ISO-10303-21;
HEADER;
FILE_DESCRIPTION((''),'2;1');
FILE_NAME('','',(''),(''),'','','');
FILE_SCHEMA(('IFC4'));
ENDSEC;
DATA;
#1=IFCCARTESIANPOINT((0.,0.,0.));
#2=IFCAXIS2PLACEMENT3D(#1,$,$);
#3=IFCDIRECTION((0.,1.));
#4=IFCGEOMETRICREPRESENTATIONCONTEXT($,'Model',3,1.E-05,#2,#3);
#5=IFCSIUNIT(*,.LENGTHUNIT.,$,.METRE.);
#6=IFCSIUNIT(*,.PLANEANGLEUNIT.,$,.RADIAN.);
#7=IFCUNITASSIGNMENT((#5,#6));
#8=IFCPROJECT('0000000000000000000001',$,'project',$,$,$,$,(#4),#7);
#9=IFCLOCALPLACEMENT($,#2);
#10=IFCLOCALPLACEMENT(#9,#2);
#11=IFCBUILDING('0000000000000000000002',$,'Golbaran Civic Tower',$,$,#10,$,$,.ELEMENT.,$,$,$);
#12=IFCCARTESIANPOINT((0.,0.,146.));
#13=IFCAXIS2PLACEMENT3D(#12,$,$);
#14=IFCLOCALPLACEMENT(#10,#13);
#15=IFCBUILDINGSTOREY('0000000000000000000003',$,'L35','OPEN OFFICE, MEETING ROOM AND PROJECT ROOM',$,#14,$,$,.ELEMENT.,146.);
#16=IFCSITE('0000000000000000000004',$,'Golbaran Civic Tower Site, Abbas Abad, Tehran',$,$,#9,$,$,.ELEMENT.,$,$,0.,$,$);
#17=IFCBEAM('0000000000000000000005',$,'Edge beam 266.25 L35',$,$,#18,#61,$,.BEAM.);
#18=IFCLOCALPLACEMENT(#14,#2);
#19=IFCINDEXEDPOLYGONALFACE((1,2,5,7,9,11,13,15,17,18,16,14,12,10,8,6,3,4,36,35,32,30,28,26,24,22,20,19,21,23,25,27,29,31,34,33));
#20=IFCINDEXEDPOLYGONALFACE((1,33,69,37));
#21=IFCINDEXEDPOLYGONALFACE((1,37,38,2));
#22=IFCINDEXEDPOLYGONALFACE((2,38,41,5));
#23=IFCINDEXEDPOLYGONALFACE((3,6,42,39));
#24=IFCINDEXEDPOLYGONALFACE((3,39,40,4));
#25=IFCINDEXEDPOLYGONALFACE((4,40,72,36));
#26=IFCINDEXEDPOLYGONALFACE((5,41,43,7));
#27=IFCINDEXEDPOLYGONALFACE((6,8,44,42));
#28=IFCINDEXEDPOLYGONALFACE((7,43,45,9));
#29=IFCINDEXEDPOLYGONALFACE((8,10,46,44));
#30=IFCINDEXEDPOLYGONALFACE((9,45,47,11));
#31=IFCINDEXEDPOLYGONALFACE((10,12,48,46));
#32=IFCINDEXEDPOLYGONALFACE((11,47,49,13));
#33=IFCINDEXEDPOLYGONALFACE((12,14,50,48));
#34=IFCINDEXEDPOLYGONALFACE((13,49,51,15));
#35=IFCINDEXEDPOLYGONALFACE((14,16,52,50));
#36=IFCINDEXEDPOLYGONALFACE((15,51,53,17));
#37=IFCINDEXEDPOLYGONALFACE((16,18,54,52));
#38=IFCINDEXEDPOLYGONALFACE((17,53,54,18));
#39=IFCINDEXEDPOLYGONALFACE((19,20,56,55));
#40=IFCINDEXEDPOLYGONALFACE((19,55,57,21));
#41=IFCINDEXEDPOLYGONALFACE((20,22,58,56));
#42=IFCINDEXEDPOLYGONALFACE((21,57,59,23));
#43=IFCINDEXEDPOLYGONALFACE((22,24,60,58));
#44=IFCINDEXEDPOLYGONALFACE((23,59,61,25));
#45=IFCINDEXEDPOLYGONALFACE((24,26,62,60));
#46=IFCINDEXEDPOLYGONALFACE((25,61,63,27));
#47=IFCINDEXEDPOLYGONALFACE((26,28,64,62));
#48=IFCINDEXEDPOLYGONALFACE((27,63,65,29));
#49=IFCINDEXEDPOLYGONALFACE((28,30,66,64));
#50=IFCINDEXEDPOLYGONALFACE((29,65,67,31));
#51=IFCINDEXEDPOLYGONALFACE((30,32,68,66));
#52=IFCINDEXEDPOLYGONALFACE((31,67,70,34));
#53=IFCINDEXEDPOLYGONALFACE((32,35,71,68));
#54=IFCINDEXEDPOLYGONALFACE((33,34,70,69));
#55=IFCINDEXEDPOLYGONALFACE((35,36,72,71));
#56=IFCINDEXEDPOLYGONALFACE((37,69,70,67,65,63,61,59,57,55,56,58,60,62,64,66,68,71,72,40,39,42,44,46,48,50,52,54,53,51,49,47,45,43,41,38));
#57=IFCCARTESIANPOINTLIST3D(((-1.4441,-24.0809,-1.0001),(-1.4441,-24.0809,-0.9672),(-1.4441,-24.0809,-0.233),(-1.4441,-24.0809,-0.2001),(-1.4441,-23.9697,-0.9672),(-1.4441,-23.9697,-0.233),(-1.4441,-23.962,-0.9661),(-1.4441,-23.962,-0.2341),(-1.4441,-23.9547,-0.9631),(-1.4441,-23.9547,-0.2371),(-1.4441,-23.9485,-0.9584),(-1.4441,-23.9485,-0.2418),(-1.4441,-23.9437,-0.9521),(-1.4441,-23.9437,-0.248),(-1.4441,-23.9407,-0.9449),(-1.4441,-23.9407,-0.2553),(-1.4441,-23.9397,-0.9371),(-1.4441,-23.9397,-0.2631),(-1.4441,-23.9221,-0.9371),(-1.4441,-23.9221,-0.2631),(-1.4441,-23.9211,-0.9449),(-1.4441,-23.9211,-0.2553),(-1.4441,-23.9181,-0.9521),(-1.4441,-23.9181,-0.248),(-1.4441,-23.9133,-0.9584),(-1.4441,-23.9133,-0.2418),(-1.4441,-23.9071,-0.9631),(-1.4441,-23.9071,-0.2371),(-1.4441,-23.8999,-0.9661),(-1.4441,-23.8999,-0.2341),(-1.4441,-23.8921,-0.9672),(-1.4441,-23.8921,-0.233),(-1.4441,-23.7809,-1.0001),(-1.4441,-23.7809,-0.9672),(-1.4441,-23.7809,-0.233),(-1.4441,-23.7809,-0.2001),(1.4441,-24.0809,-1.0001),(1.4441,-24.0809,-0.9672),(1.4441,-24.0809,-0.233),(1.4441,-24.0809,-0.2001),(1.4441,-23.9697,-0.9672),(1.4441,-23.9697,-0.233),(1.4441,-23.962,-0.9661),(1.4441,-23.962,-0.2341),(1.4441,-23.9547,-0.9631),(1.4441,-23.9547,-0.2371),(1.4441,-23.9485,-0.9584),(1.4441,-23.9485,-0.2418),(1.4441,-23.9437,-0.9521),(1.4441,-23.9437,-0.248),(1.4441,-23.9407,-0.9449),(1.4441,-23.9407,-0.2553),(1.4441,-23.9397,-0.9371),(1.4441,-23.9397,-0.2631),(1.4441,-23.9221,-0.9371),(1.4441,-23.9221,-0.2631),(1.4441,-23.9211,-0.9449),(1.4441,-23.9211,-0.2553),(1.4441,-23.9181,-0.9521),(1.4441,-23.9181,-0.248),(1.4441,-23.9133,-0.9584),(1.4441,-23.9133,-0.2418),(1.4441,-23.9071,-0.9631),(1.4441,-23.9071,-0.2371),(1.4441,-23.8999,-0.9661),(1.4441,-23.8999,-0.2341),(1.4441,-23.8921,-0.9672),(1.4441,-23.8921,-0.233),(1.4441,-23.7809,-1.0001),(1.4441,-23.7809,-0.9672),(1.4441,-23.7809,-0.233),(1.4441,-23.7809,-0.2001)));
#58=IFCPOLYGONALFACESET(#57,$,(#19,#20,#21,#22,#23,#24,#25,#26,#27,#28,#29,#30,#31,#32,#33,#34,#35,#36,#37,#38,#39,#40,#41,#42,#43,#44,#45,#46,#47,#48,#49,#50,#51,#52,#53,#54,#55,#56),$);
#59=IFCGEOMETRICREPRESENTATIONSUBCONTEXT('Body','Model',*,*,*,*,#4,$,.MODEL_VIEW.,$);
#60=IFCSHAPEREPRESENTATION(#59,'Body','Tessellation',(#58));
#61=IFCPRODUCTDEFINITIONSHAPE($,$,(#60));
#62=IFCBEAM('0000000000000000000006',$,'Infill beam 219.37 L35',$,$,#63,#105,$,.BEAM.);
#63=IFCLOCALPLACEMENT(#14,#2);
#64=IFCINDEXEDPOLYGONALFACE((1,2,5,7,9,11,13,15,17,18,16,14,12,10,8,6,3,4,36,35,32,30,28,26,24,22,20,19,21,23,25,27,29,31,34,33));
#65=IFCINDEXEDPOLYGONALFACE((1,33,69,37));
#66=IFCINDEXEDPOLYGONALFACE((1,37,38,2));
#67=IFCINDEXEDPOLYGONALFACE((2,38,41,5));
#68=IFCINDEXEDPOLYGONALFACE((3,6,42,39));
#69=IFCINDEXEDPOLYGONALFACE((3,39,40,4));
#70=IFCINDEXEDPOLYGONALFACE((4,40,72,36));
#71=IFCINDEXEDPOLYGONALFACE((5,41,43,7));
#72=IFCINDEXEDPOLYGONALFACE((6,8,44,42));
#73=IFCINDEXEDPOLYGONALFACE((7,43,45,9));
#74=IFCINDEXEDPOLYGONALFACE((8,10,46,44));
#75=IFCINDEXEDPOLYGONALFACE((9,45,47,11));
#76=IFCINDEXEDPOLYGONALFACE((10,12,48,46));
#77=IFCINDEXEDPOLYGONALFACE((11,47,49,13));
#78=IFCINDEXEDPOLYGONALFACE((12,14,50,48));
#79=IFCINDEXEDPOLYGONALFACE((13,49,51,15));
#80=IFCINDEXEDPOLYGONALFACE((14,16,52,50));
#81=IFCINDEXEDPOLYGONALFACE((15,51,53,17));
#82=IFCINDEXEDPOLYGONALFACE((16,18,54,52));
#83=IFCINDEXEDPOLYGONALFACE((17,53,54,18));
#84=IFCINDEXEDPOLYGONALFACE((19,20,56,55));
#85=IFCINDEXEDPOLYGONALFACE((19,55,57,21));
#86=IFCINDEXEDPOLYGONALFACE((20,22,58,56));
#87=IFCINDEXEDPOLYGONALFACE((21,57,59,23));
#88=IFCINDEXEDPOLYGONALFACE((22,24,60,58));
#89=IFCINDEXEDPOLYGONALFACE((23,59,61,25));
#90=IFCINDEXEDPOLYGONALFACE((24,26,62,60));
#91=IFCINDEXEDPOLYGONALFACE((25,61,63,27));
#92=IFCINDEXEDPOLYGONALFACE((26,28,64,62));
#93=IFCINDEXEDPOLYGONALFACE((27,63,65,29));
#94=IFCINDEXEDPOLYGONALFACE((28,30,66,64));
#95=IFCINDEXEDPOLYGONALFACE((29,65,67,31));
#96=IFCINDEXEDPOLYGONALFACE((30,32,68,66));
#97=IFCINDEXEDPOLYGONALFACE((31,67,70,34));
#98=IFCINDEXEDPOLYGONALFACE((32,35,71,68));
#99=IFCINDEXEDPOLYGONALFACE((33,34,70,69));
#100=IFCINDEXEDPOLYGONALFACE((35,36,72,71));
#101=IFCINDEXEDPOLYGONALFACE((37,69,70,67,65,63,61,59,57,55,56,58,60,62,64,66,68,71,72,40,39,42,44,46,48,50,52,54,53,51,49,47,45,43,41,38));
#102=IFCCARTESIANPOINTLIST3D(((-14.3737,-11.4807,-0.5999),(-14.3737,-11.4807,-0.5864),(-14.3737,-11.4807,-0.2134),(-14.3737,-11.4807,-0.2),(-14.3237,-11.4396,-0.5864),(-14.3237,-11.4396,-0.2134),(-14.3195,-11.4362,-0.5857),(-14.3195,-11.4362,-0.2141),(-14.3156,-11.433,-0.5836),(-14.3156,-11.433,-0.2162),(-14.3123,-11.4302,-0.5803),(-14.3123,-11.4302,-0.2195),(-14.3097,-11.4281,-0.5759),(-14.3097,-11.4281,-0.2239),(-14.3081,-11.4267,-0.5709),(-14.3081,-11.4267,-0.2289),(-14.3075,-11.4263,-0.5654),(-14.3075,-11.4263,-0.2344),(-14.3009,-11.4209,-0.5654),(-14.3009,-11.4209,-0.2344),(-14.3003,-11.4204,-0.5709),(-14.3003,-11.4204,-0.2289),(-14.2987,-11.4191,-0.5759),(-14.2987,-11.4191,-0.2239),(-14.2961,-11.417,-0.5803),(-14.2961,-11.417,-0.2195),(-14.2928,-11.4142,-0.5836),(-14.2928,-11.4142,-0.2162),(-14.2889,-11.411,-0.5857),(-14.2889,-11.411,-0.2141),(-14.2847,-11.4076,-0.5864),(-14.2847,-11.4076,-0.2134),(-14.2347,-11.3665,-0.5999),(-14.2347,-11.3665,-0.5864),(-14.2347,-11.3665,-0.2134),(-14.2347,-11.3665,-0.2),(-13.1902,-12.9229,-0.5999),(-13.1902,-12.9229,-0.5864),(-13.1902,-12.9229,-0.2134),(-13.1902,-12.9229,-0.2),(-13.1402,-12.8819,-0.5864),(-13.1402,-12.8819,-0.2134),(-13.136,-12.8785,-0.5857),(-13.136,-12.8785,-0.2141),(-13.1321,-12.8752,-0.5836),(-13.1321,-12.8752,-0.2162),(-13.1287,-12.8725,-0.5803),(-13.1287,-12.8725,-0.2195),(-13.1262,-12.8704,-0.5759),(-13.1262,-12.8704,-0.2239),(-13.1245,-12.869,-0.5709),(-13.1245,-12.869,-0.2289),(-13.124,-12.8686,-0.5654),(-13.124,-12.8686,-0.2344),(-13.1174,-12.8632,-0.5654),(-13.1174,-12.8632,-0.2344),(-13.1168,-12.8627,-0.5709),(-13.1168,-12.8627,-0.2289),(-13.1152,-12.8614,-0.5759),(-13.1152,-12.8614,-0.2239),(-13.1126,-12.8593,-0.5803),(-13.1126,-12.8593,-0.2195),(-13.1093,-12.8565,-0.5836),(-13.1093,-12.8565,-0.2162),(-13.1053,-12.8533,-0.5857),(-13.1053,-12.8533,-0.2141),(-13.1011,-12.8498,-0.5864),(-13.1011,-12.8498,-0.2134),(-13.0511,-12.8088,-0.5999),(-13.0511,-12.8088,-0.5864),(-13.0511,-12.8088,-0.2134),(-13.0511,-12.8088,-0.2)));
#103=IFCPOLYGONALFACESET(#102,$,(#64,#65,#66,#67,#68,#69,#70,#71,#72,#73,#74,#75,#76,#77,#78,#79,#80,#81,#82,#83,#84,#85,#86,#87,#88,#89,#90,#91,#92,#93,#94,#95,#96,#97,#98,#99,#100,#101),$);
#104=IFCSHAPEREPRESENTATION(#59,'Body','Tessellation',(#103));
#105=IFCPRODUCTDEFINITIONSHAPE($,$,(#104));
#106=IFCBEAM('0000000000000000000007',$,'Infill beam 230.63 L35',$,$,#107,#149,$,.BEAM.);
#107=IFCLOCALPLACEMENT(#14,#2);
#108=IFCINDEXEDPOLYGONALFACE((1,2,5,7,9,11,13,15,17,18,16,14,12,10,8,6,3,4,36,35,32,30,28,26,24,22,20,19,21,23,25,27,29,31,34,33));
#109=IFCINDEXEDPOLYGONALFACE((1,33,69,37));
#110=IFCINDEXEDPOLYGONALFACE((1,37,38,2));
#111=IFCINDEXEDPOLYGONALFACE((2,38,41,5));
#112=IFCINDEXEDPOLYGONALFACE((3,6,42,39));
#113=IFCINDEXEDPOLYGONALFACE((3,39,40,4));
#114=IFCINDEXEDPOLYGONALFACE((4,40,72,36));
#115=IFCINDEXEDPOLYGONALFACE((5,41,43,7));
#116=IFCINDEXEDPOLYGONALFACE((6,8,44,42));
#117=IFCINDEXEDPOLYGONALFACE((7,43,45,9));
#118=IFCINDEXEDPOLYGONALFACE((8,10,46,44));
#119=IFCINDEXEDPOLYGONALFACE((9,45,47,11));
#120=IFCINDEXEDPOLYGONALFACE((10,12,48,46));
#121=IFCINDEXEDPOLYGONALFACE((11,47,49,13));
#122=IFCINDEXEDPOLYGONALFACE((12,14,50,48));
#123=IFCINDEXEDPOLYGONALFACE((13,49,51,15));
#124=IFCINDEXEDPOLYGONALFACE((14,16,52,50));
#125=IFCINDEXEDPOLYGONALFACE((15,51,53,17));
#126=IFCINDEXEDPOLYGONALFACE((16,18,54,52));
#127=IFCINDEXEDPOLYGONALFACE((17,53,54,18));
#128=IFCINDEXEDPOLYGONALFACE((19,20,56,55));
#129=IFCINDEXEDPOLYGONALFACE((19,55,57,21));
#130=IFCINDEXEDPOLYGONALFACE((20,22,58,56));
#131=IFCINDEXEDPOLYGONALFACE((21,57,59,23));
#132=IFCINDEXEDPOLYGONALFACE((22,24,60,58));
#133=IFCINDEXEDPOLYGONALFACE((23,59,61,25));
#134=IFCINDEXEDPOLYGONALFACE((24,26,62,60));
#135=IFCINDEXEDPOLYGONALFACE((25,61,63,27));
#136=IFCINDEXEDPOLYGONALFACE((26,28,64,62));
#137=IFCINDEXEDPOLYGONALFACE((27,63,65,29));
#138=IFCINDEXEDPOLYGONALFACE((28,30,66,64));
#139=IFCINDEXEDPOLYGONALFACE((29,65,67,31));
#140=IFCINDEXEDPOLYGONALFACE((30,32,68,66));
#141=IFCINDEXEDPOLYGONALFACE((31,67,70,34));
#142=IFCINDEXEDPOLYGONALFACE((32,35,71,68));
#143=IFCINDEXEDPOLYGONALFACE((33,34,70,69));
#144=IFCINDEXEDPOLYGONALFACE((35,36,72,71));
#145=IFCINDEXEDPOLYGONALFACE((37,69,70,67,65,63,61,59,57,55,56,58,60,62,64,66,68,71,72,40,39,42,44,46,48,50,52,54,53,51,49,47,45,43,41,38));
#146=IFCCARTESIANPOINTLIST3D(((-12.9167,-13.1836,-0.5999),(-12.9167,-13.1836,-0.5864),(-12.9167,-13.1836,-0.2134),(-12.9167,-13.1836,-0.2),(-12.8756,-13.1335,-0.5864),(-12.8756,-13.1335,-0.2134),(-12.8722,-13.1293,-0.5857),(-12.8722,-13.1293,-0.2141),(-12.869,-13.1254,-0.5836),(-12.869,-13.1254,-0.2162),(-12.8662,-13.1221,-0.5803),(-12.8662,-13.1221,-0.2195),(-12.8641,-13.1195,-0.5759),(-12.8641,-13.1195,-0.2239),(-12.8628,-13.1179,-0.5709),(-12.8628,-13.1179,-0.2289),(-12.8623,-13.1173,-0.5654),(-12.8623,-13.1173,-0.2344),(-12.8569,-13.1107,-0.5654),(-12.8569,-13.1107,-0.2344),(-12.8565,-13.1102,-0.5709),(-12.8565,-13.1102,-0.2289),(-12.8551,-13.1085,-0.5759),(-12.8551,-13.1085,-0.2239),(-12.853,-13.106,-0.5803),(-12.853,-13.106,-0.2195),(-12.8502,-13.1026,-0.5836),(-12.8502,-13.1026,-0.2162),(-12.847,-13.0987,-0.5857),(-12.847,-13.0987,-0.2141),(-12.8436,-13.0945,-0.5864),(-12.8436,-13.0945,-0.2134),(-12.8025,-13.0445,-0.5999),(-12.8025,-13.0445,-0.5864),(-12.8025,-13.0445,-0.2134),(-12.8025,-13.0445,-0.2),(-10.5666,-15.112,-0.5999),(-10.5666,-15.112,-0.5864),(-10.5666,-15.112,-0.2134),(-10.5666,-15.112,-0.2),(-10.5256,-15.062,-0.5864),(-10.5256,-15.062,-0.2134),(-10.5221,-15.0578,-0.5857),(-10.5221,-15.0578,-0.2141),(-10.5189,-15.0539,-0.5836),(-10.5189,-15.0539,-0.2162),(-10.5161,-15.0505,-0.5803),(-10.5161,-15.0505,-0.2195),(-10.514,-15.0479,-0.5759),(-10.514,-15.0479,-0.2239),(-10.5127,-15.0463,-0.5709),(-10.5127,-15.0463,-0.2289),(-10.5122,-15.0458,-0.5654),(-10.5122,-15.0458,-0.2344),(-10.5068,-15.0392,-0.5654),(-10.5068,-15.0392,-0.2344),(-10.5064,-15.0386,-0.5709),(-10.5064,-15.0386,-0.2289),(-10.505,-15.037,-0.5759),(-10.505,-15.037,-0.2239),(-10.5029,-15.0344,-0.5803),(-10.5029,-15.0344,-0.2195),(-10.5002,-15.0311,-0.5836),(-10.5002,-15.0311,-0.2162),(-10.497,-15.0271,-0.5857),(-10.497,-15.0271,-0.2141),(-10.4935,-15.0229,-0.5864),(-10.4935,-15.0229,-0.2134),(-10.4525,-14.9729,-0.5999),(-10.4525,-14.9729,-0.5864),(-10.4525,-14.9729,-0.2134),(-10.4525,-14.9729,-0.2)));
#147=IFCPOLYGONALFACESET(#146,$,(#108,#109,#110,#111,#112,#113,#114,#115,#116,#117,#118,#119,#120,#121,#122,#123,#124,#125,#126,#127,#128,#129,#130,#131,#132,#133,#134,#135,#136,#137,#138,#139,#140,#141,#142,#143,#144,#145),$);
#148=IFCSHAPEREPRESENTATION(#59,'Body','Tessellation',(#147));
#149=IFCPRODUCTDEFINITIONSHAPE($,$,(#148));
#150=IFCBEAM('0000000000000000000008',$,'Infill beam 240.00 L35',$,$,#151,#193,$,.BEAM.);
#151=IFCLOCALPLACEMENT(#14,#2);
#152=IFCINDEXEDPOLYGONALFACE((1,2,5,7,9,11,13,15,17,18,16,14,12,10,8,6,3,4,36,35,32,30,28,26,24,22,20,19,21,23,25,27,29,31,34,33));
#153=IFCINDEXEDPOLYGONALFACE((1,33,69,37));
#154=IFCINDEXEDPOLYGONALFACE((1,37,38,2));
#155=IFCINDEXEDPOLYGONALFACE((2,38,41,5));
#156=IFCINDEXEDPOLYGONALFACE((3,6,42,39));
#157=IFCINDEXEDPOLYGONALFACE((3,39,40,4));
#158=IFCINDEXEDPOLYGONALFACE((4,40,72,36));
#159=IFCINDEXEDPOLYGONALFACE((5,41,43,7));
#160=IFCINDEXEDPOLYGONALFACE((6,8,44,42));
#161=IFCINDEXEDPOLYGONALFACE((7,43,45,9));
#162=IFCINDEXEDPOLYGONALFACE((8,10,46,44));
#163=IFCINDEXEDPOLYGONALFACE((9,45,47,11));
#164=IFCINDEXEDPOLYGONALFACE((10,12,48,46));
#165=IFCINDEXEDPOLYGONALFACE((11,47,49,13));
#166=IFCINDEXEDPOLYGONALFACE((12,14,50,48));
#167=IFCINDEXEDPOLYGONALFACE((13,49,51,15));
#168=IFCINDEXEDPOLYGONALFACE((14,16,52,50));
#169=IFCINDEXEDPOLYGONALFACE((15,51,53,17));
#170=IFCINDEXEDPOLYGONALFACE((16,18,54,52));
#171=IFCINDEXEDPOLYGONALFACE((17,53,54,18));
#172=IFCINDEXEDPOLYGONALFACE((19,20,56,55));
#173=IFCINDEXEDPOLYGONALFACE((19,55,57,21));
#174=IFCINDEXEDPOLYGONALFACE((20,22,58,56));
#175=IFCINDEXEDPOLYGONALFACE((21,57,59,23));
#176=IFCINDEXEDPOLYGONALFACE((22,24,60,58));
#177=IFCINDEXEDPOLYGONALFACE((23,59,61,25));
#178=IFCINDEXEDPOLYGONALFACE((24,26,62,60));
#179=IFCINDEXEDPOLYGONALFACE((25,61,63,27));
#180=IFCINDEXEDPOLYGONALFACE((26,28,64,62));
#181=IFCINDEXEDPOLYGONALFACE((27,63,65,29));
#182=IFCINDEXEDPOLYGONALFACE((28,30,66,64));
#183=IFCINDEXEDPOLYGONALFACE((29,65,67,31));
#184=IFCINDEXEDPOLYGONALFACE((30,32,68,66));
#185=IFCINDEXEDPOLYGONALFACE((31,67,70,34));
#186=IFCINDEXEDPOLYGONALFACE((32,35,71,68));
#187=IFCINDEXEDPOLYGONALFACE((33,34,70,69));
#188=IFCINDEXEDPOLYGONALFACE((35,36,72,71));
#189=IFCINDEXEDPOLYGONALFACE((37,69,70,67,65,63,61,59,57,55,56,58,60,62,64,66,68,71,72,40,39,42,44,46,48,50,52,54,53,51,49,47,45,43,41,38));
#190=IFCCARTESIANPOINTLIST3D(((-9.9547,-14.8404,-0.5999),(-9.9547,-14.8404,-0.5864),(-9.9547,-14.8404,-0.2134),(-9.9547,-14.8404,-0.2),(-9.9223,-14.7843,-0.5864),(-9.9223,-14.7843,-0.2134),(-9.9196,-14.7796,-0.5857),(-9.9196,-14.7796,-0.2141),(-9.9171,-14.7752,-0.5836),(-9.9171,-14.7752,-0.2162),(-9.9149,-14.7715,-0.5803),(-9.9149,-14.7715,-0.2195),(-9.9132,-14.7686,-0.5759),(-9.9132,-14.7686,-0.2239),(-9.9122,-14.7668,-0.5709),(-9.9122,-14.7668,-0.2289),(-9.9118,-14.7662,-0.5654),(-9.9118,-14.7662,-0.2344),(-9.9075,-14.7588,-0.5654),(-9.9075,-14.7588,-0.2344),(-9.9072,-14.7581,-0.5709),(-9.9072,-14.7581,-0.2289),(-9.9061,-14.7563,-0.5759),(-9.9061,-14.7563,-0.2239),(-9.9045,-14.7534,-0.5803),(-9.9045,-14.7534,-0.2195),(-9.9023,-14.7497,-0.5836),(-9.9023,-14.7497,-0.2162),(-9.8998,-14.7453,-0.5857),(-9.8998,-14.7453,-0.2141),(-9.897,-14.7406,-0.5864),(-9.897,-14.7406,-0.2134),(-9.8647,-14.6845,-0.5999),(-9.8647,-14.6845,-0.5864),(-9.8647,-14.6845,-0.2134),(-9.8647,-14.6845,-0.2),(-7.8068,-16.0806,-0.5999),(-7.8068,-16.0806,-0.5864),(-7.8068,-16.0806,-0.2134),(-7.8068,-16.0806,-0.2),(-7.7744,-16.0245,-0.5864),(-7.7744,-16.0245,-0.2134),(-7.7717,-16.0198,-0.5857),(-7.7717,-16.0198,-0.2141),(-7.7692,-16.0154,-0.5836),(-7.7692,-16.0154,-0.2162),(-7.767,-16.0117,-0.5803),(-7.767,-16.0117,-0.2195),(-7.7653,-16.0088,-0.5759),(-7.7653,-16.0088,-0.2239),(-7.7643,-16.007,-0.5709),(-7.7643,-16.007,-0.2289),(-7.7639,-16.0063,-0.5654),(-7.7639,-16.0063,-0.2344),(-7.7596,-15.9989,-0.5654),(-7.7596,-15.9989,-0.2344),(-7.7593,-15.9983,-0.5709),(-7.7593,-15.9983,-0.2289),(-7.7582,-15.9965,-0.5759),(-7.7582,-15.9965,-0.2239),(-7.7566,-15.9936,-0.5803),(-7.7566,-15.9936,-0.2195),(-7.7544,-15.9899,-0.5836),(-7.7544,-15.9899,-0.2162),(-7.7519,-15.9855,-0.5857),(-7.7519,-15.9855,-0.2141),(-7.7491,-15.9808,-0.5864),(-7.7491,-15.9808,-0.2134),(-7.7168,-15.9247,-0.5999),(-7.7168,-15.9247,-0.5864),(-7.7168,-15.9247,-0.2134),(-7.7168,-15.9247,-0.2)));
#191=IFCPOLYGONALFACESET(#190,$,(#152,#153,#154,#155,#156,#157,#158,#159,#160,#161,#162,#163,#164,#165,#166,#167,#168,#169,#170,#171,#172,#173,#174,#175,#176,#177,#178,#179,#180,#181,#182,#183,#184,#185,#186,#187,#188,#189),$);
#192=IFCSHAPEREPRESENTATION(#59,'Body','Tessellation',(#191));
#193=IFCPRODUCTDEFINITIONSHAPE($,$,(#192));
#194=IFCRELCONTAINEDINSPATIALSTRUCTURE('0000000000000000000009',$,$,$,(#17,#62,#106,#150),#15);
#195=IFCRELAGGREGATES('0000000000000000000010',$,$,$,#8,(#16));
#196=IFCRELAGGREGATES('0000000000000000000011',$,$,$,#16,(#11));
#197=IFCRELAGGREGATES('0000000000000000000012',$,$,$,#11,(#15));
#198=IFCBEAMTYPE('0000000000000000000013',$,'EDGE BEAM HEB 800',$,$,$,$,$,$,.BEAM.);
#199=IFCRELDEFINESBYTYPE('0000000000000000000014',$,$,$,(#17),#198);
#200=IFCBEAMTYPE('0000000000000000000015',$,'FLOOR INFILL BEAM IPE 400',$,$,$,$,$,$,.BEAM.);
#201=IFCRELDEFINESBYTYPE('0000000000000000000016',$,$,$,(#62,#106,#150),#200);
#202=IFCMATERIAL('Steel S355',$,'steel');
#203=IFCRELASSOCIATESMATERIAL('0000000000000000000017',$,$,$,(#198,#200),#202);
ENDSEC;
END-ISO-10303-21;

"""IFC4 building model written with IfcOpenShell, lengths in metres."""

from ifc_helpers import new_model, si_unit, direction, frame, origin, origin_2d, place, context, subcontext, project, spatial, i_section, extrude, material, material_profile, profile_set, type_object, element, save


model = new_model("IFC4")

# Units and contexts
model_context = context("Model", 3, precision=1e-05, world=origin(), true_north=direction((0.0, 1.0)))
body_context = subcontext(model_context, "Body", "Model", "MODEL_VIEW")
ifc_project = project(units=[si_unit("LENGTHUNIT", "METRE"), si_unit("PLANEANGLEUNIT", "RADIAN")], contexts=[model_context])

# Site, building, storey
site_placement = place(None, origin())
site = spatial("IfcSite", under=ifc_project, at=site_placement, Name="Golbaran Civic Tower Site, Abbas Abad, Tehran", CompositionType="ELEMENT", RefElevation=0.0)
building_placement = place(site_placement, origin())
building = spatial("IfcBuilding", under=site, at=building_placement, Name="Golbaran Civic Tower", CompositionType="ELEMENT")
storey_placement = place(building_placement, frame((0.0, 0.0, 146.0)))
storey = spatial("IfcBuildingStorey", under=building, at=storey_placement, Name="L35", Description="OPEN OFFICE, MEETING ROOM AND PROJECT ROOM", CompositionType="ELEMENT", Elevation=146.0)

# Beams
ifc_material_1 = material(Name="Steel S355", Category="steel")
ifc_material_profile_1 = material_profile(ifc_material_1, i_section(OverallWidth=0.3, OverallDepth=0.8, WebThickness=0.0176, FlangeThickness=0.033, FilletRadius=0.03, at=origin_2d()), Name="HEB 800")
ifc_profile_set_1 = profile_set([ifc_material_profile_1], Name="Steel S355")
beam_type_1 = type_object("IfcBeamType", Name="EDGE BEAM HEB 800", PredefinedType="BEAM", material=ifc_profile_set_1)
beam_1_placement = place(storey_placement, frame((-1.4441, -23.9309, -0.6001), z_axis=(1.0, 0.0, 0.0), x_axis=(0.0, 1.0, 0.0)))
element("IfcBeam", 1, at=beam_1_placement, inside=storey, type_object=beam_type_1, Name="Edge beam 266.25 L35", PredefinedType="BEAM", context=body_context, shape_type="SweptSolid", body=[
    extrude(i_section(OverallWidth=0.3, OverallDepth=0.8, WebThickness=0.0176, FlangeThickness=0.033, FilletRadius=0.03, at=origin_2d()), origin(), (0.0, 0.0, 1.0), 2.8882),
])
ifc_material_profile_2 = material_profile(ifc_material_1, i_section(OverallWidth=0.1799, OverallDepth=0.3999, WebThickness=0.0085, FlangeThickness=0.0134, FilletRadius=0.021, at=origin_2d()), Name="IPE 400")
ifc_profile_set_2 = profile_set([ifc_material_profile_2], Name="Steel S355")
beam_type_2 = type_object("IfcBeamType", Name="FLOOR INFILL BEAM IPE 400", PredefinedType="BEAM", material=ifc_profile_set_2)
beam_2_placement = place(storey_placement, frame((-14.3042, -11.4236, -0.3999), z_axis=(0.634349, -0.773047, 0.0), x_axis=(0.773047, 0.634349, 0.0)))
element("IfcBeam", 2, at=beam_2_placement, inside=storey, type_object=beam_type_2, Name="Infill beam 219.37 L35", PredefinedType="BEAM", context=body_context, shape_type="SweptSolid", body=[
    extrude(i_section(OverallWidth=0.1799, OverallDepth=0.3999, WebThickness=0.0085, FlangeThickness=0.0134, FilletRadius=0.021, at=origin_2d()), origin(), (0.0, 0.0, 1.0), 1.8657),
])
beam_3_placement = place(storey_placement, frame((-12.8596, -13.114, -0.3999), z_axis=(0.773044, -0.634352, 0.0), x_axis=(0.634352, 0.773044, 0.0)))
element("IfcBeam", 3, at=beam_3_placement, inside=storey, type_object=beam_type_2, Name="Infill beam 230.63 L35", PredefinedType="BEAM", context=body_context, shape_type="SweptSolid", body=[
    extrude(i_section(OverallWidth=0.1799, OverallDepth=0.3999, WebThickness=0.0085, FlangeThickness=0.0134, FilletRadius=0.021, at=origin_2d()), origin(), (0.0, 0.0, 1.0), 3.04),
])
beam_4_placement = place(storey_placement, frame((-9.9097, -14.7625, -0.3999), z_axis=(0.866005, -0.500035, 0.0), x_axis=(0.500035, 0.866005, 0.0)))
element("IfcBeam", 4, at=beam_4_placement, inside=storey, type_object=beam_type_2, Name="Infill beam 240.00 L35", PredefinedType="BEAM", context=body_context, shape_type="SweptSolid", body=[
    extrude(i_section(OverallWidth=0.1799, OverallDepth=0.3999, WebThickness=0.0085, FlangeThickness=0.0134, FilletRadius=0.021, at=origin_2d()), origin(), (0.0, 0.0, 1.0), 2.4802),
])

save(model, "model.ifc")
